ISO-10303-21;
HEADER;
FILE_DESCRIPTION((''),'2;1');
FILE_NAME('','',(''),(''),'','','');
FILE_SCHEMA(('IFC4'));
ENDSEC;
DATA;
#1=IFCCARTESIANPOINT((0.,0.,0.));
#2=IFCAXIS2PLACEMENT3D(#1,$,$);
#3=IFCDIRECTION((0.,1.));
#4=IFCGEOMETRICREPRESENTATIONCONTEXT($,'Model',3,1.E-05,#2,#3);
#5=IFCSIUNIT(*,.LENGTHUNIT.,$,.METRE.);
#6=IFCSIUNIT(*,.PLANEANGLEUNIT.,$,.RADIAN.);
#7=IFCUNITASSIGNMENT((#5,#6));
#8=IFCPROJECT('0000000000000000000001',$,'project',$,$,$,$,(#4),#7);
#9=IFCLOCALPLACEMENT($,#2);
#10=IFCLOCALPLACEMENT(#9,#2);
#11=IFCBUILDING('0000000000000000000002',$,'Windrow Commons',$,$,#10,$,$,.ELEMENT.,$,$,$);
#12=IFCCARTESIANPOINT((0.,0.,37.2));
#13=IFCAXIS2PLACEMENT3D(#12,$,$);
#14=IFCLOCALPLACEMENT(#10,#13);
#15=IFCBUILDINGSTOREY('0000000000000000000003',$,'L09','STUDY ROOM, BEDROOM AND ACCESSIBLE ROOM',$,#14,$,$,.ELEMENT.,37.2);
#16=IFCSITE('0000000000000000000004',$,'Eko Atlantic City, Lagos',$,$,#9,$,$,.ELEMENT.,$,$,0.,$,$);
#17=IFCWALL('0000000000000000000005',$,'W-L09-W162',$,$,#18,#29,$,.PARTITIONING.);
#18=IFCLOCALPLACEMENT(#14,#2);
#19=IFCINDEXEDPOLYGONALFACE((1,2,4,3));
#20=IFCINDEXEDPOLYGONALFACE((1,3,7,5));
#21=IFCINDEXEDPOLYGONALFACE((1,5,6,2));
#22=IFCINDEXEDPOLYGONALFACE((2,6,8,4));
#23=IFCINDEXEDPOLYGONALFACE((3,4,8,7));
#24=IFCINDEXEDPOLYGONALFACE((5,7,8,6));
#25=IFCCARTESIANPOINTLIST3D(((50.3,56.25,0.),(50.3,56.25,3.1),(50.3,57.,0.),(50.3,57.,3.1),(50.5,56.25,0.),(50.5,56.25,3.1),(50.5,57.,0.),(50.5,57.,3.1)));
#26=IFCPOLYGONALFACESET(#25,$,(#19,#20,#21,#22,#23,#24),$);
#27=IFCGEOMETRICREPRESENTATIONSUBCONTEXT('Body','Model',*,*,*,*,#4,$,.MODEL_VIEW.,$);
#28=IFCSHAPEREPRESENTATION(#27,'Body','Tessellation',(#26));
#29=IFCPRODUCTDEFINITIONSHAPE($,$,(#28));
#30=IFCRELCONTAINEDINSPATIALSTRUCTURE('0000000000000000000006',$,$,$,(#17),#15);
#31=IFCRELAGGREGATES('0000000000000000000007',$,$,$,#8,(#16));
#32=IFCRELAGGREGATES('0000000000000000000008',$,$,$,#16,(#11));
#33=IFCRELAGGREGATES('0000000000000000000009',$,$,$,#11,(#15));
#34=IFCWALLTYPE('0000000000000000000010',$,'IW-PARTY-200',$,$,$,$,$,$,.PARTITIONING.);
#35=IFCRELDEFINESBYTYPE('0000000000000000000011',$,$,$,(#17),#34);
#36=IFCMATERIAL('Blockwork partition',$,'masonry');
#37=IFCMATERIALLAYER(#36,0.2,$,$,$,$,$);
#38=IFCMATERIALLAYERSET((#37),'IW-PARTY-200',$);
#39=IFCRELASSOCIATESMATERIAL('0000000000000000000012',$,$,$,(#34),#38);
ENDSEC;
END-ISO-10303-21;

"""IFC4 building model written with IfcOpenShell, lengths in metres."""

from ifc_helpers import new_model, si_unit, direction, frame, frame_2d, origin, place, context, subcontext, project, spatial, rectangle, extrude, material, layer, layer_set, type_object, element, save


model = new_model("IFC4")

# Units and contexts
model_context = context("Model", 3, precision=1e-05, world=origin(), true_north=direction((0.0, 1.0)))
body_context = subcontext(model_context, "Body", "Model", "MODEL_VIEW")
ifc_project = project(units=[si_unit("LENGTHUNIT", "METRE"), si_unit("PLANEANGLEUNIT", "RADIAN")], contexts=[model_context])

# Site, building, storey
site_placement = place(None, origin())
site = spatial("IfcSite", under=ifc_project, at=site_placement, Name="Eko Atlantic City, Lagos", CompositionType="ELEMENT", RefElevation=0.0)
building_placement = place(site_placement, origin())
building = spatial("IfcBuilding", under=site, at=building_placement, Name="Windrow Commons", CompositionType="ELEMENT")
storey_placement = place(building_placement, frame((0.0, 0.0, 37.2)))
storey = spatial("IfcBuildingStorey", under=building, at=storey_placement, Name="L09", Description="STUDY ROOM, BEDROOM AND ACCESSIBLE ROOM", CompositionType="ELEMENT", Elevation=37.2)

# Wall
ifc_material_1 = material(Name="Blockwork partition", Category="masonry")
ifc_layer_1 = layer(ifc_material_1, 0.2)
ifc_layer_set_1 = layer_set([ifc_layer_1], Name="IW-PARTY-200")
wall_type_1 = type_object("IfcWallType", Name="IW-PARTY-200", PredefinedType="PARTITIONING", material=ifc_layer_set_1)
for number, where, z_axis, x_axis, name in (
    (1, (50.4, 56.25, 0.0), (0.0, 0.0, 1.0), (0.0, 1.0, 0.0), "W-L09-W162"),
):
    element("IfcWall", number, at=place(storey_placement, frame(where, z_axis=z_axis, x_axis=x_axis)), inside=storey, type_object=wall_type_1, Name=name, PredefinedType="PARTITIONING", context=body_context, shape_type="SweptSolid", body=[
        extrude(rectangle(XDim=0.75, YDim=0.2, at=frame_2d((0.375, 0.0))), origin(), (0.0, 0.0, 1.0), 3.1),
    ])

save(model, "model.ifc")
